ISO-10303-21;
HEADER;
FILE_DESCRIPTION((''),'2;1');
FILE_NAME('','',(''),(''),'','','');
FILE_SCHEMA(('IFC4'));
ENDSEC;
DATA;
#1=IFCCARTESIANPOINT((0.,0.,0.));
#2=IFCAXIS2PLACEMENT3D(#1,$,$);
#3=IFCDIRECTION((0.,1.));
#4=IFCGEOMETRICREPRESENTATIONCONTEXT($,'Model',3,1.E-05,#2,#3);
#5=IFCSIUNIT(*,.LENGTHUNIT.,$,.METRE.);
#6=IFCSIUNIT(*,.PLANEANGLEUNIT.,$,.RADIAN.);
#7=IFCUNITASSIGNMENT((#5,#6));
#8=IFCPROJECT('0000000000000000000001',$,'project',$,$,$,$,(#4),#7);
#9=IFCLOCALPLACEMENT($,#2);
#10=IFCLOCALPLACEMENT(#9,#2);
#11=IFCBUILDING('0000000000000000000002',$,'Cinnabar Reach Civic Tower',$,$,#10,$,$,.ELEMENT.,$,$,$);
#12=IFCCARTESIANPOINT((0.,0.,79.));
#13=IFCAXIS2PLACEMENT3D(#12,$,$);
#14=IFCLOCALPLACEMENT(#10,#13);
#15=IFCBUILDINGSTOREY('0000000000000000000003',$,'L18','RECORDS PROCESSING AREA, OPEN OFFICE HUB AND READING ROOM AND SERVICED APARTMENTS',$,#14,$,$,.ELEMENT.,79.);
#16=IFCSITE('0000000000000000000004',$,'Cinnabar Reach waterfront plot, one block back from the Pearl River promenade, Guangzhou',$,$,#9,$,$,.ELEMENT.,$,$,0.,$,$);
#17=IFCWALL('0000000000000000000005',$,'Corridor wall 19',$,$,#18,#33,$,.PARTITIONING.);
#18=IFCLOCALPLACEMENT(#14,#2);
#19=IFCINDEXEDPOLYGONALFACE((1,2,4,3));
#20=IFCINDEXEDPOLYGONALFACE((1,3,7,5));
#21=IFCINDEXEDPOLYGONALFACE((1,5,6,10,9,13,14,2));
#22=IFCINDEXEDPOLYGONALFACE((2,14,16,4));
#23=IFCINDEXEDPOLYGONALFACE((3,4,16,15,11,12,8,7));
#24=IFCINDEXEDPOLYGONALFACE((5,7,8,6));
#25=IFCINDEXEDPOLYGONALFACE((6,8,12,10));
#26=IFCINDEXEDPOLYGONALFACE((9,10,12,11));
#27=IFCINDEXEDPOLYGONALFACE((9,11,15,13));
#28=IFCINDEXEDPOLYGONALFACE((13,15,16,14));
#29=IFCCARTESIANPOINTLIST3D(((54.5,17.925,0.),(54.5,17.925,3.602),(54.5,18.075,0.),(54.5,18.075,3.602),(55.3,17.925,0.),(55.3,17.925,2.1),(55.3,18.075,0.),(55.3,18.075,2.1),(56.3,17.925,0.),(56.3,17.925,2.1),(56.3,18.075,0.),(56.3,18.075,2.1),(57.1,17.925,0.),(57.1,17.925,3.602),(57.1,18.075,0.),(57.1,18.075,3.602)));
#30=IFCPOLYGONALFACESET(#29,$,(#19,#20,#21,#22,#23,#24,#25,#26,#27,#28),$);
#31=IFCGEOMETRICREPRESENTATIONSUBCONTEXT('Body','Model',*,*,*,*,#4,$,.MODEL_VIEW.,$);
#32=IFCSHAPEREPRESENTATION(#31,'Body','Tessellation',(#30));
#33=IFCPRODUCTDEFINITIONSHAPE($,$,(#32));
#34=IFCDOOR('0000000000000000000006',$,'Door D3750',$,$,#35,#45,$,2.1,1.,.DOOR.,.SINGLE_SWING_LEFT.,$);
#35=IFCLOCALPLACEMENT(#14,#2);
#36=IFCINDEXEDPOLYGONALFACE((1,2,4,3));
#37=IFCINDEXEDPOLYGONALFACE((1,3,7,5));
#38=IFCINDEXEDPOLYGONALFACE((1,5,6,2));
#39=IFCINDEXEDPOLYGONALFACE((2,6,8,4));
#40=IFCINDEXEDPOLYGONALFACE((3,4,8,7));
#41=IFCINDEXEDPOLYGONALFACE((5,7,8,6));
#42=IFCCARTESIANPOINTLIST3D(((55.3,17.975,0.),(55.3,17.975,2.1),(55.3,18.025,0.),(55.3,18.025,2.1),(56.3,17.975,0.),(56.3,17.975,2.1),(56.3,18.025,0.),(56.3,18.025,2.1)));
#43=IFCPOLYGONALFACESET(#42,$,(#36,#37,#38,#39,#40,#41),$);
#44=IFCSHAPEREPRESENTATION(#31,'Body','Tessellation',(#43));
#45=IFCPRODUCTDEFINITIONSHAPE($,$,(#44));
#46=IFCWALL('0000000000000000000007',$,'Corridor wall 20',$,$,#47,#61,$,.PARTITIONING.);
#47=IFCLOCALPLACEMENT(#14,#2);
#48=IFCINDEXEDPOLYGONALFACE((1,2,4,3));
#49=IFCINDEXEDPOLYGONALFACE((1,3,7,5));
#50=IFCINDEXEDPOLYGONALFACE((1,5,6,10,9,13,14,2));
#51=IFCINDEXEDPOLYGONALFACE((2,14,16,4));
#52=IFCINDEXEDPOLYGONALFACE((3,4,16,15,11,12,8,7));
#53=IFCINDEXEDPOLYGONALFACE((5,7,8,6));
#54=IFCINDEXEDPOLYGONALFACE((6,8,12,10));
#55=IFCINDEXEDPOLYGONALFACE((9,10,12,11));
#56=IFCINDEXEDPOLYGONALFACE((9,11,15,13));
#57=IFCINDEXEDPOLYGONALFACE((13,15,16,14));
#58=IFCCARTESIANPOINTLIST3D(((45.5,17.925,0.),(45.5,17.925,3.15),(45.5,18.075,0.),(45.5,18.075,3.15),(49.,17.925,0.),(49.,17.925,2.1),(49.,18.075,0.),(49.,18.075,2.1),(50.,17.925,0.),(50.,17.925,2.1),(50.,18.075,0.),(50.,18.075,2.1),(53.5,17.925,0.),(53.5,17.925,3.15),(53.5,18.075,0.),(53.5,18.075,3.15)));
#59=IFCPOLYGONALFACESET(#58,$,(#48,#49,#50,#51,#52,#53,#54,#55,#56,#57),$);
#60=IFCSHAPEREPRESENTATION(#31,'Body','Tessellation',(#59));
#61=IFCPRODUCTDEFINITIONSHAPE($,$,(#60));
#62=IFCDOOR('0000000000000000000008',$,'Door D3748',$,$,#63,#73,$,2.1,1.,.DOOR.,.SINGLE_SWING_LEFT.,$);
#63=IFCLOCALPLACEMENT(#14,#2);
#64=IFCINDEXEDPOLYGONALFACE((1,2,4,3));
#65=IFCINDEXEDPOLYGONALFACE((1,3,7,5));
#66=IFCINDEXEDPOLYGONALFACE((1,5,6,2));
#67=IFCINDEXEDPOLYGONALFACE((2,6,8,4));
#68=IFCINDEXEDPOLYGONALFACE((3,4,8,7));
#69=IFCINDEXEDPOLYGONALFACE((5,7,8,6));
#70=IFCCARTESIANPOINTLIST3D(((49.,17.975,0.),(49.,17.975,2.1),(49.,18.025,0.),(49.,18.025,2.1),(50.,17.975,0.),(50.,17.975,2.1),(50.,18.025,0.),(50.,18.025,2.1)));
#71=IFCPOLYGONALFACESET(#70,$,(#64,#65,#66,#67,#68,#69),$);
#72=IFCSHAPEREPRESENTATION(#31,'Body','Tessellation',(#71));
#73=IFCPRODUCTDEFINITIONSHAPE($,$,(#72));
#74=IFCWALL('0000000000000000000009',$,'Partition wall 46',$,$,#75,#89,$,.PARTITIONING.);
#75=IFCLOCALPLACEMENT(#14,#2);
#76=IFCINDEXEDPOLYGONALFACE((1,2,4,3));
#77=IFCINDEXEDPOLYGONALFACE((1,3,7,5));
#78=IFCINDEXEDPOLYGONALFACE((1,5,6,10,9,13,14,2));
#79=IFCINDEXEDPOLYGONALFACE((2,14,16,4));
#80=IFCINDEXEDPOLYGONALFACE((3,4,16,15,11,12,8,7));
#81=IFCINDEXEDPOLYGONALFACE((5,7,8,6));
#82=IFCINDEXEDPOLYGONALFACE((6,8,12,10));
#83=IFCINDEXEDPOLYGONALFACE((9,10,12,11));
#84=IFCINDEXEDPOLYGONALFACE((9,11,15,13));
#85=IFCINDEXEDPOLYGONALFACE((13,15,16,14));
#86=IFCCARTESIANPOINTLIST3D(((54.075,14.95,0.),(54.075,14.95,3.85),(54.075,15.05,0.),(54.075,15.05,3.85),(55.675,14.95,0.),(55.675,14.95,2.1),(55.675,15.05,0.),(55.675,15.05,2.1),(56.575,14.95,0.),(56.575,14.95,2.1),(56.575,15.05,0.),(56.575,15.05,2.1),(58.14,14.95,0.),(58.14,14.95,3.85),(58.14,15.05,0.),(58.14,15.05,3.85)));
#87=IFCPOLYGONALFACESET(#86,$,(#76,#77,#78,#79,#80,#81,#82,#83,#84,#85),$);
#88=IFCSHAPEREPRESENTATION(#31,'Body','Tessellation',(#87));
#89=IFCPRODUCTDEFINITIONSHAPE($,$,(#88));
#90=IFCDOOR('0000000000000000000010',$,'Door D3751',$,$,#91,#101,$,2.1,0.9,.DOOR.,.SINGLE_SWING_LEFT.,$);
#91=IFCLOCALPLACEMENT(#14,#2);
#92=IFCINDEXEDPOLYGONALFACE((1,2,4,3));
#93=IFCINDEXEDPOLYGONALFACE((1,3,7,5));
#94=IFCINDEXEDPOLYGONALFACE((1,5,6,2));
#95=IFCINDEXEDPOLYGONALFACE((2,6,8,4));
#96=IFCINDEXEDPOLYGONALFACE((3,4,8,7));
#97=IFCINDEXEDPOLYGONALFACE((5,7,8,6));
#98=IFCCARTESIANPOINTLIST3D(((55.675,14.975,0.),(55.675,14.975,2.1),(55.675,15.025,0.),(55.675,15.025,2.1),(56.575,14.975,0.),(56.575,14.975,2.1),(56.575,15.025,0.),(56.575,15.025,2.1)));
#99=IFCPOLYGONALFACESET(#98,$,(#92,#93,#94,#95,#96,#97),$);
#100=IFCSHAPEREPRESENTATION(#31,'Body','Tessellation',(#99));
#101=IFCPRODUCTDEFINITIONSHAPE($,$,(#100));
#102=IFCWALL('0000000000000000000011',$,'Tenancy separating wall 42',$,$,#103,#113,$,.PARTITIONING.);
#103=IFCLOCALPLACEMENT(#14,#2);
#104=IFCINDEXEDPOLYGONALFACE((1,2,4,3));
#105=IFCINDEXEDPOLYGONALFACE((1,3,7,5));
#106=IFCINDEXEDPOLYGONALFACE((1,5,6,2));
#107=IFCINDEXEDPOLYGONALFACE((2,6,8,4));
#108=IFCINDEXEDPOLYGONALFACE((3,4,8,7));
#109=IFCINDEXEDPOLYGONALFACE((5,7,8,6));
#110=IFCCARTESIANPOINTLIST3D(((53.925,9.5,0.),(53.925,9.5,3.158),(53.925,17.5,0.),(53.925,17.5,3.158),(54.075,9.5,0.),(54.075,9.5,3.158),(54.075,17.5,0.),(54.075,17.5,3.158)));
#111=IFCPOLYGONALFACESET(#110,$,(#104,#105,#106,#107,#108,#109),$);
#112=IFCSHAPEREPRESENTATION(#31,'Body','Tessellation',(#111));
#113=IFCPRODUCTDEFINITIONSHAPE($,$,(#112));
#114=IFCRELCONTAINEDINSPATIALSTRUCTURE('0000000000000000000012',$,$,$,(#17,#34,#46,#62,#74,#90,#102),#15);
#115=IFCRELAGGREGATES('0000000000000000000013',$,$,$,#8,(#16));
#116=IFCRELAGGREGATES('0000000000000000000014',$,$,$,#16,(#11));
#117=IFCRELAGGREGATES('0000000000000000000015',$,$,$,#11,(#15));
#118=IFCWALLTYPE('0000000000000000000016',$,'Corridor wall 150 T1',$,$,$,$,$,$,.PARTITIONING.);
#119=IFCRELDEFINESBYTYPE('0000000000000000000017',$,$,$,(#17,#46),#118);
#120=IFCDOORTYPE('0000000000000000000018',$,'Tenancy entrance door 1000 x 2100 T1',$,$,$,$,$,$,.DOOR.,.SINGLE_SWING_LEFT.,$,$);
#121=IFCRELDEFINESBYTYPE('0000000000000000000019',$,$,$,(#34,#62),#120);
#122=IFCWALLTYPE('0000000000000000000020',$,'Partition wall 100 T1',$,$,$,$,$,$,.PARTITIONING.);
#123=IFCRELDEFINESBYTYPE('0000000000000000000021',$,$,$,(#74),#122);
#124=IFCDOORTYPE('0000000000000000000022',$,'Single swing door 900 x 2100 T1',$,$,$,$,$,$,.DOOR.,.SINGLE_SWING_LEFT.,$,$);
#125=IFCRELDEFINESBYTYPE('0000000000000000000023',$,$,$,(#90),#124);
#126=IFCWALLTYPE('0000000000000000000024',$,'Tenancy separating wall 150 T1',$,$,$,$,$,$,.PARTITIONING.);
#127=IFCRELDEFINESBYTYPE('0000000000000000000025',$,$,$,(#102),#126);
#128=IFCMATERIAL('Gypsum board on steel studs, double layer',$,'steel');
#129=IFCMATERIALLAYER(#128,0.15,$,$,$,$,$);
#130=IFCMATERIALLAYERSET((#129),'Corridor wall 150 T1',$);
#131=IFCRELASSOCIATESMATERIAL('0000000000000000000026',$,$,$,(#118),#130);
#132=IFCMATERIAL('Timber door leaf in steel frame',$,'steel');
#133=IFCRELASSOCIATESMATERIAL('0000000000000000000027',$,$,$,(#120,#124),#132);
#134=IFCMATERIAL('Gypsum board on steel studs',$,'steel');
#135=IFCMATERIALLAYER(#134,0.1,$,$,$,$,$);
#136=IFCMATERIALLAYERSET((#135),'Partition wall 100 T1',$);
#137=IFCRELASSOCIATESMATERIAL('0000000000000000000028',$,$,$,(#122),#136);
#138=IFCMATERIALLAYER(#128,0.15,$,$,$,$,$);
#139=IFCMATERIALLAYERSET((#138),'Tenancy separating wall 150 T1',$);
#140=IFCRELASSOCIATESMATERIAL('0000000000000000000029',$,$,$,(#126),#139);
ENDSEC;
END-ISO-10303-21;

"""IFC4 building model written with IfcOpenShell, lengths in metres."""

from ifc_helpers import new_model, si_unit, direction, frame, frame_2d, origin, place, context, subcontext, project, spatial, rectangle, extrude, material, layer, layer_set, type_object, element, fill, save


model = new_model("IFC4")

# Units and contexts
model_context = context("Model", 3, precision=1e-05, world=origin(), true_north=direction((0.0, 1.0)))
body_context = subcontext(model_context, "Body", "Model", "MODEL_VIEW")
ifc_project = project(units=[si_unit("LENGTHUNIT", "METRE"), si_unit("PLANEANGLEUNIT", "RADIAN")], contexts=[model_context])

# Site, building, storey
site_placement = place(None, origin())
site = spatial("IfcSite", under=ifc_project, at=site_placement, Name="Cinnabar Reach waterfront plot, one block back from the Pearl River promenade, Guangzhou", CompositionType="ELEMENT", RefElevation=0.0)
building_placement = place(site_placement, origin())
building = spatial("IfcBuilding", under=site, at=building_placement, Name="Cinnabar Reach Civic Tower", CompositionType="ELEMENT")
storey_placement = place(building_placement, frame((0.0, 0.0, 79.0)))
storey = spatial("IfcBuildingStorey", under=building, at=storey_placement, Name="L18", Description="RECORDS PROCESSING AREA, OPEN OFFICE HUB AND READING ROOM AND SERVICED APARTMENTS", CompositionType="ELEMENT", Elevation=79.0)

# Walls, openings, doors
ifc_material_1 = material(Name="Gypsum board on steel studs, double layer", Category="steel")
ifc_layer_1 = layer(ifc_material_1, 0.15)
ifc_layer_set_1 = layer_set([ifc_layer_1], Name="Corridor wall 150 T1")
wall_type_1 = type_object("IfcWallType", Name="Corridor wall 150 T1", PredefinedType="PARTITIONING", material=ifc_layer_set_1)
wall_1_placement = place(storey_placement, frame((54.5, 18.0, 0.0), z_axis=(0.0, 0.0, 1.0), x_axis=(1.0, 0.0, 0.0)))
wall_1 = element("IfcWall", 1, at=wall_1_placement, inside=storey, type_object=wall_type_1, Name="Corridor wall 19", PredefinedType="PARTITIONING", context=body_context, shape_type="SweptSolid", body=[
    extrude(rectangle(XDim=2.6, YDim=0.15, at=frame_2d((1.3, 0.0))), origin(), (0.0, 0.0, 1.0), 3.602),
])
opening_1_placement = place(wall_1_placement, frame((0.8, 0.0, 0.0)))
opening_1 = element("IfcOpeningElement", 2, at=opening_1_placement, cuts=wall_1, PredefinedType="OPENING", context=body_context, shape_type="SweptSolid", body=[
    extrude(rectangle(XDim=1.0, YDim=2.1, at=frame_2d((0.5, 1.05))), frame((0.0, 0.085, 0.0), z_axis=(0.0, -1.0, 0.0), x_axis=(1.0, 0.0, 0.0)), (0.0, 0.0, 1.0), 0.17),
])
ifc_material_2 = material(Name="Timber door leaf in steel frame", Category="steel")
door_type_1 = type_object("IfcDoorType", Name="Tenancy entrance door 1000 x 2100 T1", OperationType="SINGLE_SWING_LEFT", PredefinedType="DOOR", material=ifc_material_2)
door_1_placement = place(opening_1_placement, frame((1.0, 0.0, 0.0), z_axis=(0.0, 0.0, 1.0), x_axis=(-1.0, 0.0, 0.0)))
door_1 = element("IfcDoor", 3, at=door_1_placement, inside=storey, type_object=door_type_1, Name="Door D3750", OperationType="SINGLE_SWING_LEFT", OverallHeight=2.1, OverallWidth=1.0, PredefinedType="DOOR", context=body_context, shape_type="SweptSolid", body=[
    extrude(rectangle(XDim=1.0, YDim=2.1, at=frame_2d((0.5, 1.05))), frame((0.0, 0.025, 0.0), z_axis=(0.0, -1.0, 0.0), x_axis=(1.0, 0.0, 0.0)), (0.0, 0.0, 1.0), 0.05),
])
fill(opening_1, door_1)
wall_2_placement = place(storey_placement, frame((45.5, 18.0, 0.0), z_axis=(0.0, 0.0, 1.0), x_axis=(1.0, 0.0, 0.0)))
wall_2 = element("IfcWall", 4, at=wall_2_placement, inside=storey, type_object=wall_type_1, Name="Corridor wall 20", PredefinedType="PARTITIONING", context=body_context, shape_type="SweptSolid", body=[
    extrude(rectangle(XDim=8.0, YDim=0.15, at=frame_2d((4.0, 0.0))), origin(), (0.0, 0.0, 1.0), 3.15),
])
opening_2_placement = place(wall_2_placement, frame((3.5, 0.0, 0.0)))
opening_2 = element("IfcOpeningElement", 5, at=opening_2_placement, cuts=wall_2, PredefinedType="OPENING", context=body_context, shape_type="SweptSolid", body=[
    extrude(rectangle(XDim=1.0, YDim=2.1, at=frame_2d((0.5, 1.05))), frame((0.0, 0.085, 0.0), z_axis=(0.0, -1.0, 0.0), x_axis=(1.0, 0.0, 0.0)), (0.0, 0.0, 1.0), 0.17),
])
door_2_placement = place(opening_2_placement, frame((1.0, 0.0, 0.0), z_axis=(0.0, 0.0, 1.0), x_axis=(-1.0, 0.0, 0.0)))
door_2 = element("IfcDoor", 6, at=door_2_placement, inside=storey, type_object=door_type_1, Name="Door D3748", OperationType="SINGLE_SWING_LEFT", OverallHeight=2.1, OverallWidth=1.0, PredefinedType="DOOR", context=body_context, shape_type="SweptSolid", body=[
    extrude(rectangle(XDim=1.0, YDim=2.1, at=frame_2d((0.5, 1.05))), frame((0.0, 0.025, 0.0), z_axis=(0.0, -1.0, 0.0), x_axis=(1.0, 0.0, 0.0)), (0.0, 0.0, 1.0), 0.05),
])
fill(opening_2, door_2)
ifc_material_3 = material(Name="Gypsum board on steel studs", Category="steel")
ifc_layer_2 = layer(ifc_material_3, 0.1)
ifc_layer_set_2 = layer_set([ifc_layer_2], Name="Partition wall 100 T1")
wall_type_2 = type_object("IfcWallType", Name="Partition wall 100 T1", PredefinedType="PARTITIONING", material=ifc_layer_set_2)
wall_3_placement = place(storey_placement, frame((54.075, 15.0, 0.0), z_axis=(0.0, 0.0, 1.0), x_axis=(1.0, 0.0, 0.0)))
wall_3 = element("IfcWall", 7, at=wall_3_placement, inside=storey, type_object=wall_type_2, Name="Partition wall 46", PredefinedType="PARTITIONING", context=body_context, shape_type="SweptSolid", body=[
    extrude(rectangle(XDim=4.065, YDim=0.1, at=frame_2d((2.0325, 0.0))), origin(), (0.0, 0.0, 1.0), 3.85),
])
opening_3_placement = place(wall_3_placement, frame((1.6, 0.0, 0.0)))
opening_3 = element("IfcOpeningElement", 8, at=opening_3_placement, cuts=wall_3, PredefinedType="OPENING", context=body_context, shape_type="SweptSolid", body=[
    extrude(rectangle(XDim=0.9, YDim=2.1, at=frame_2d((0.45, 1.05))), frame((0.0, 0.06, 0.0), z_axis=(0.0, -1.0, 0.0), x_axis=(1.0, 0.0, 0.0)), (0.0, 0.0, 1.0), 0.12),
])
door_type_2 = type_object("IfcDoorType", Name="Single swing door 900 x 2100 T1", OperationType="SINGLE_SWING_LEFT", PredefinedType="DOOR", material=ifc_material_2)
door_3_placement = place(opening_3_placement, origin())
door_3 = element("IfcDoor", 9, at=door_3_placement, inside=storey, type_object=door_type_2, Name="Door D3751", OperationType="SINGLE_SWING_LEFT", OverallHeight=2.1, OverallWidth=0.9, PredefinedType="DOOR", context=body_context, shape_type="SweptSolid", body=[
    extrude(rectangle(XDim=0.9, YDim=2.1, at=frame_2d((0.45, 1.05))), frame((0.0, 0.025, 0.0), z_axis=(0.0, -1.0, 0.0), x_axis=(1.0, 0.0, 0.0)), (0.0, 0.0, 1.0), 0.05),
])
fill(opening_3, door_3)

# Wall
ifc_layer_3 = layer(ifc_material_1, 0.15)
ifc_layer_set_3 = layer_set([ifc_layer_3], Name="Tenancy separating wall 150 T1")
wall_type_3 = type_object("IfcWallType", Name="Tenancy separating wall 150 T1", PredefinedType="PARTITIONING", material=ifc_layer_set_3)
wall_4_placement = place(storey_placement, frame((54.0, 9.5, 0.0), z_axis=(0.0, 0.0, 1.0), x_axis=(0.0, 1.0, 0.0)))
element("IfcWall", 10, at=wall_4_placement, inside=storey, type_object=wall_type_3, Name="Tenancy separating wall 42", PredefinedType="PARTITIONING", context=body_context, shape_type="SweptSolid", body=[
    extrude(rectangle(XDim=8.0, YDim=0.15, at=frame_2d((4.0, 0.0))), origin(), (0.0, 0.0, 1.0), 3.158),
])

save(model, "model.ifc")
